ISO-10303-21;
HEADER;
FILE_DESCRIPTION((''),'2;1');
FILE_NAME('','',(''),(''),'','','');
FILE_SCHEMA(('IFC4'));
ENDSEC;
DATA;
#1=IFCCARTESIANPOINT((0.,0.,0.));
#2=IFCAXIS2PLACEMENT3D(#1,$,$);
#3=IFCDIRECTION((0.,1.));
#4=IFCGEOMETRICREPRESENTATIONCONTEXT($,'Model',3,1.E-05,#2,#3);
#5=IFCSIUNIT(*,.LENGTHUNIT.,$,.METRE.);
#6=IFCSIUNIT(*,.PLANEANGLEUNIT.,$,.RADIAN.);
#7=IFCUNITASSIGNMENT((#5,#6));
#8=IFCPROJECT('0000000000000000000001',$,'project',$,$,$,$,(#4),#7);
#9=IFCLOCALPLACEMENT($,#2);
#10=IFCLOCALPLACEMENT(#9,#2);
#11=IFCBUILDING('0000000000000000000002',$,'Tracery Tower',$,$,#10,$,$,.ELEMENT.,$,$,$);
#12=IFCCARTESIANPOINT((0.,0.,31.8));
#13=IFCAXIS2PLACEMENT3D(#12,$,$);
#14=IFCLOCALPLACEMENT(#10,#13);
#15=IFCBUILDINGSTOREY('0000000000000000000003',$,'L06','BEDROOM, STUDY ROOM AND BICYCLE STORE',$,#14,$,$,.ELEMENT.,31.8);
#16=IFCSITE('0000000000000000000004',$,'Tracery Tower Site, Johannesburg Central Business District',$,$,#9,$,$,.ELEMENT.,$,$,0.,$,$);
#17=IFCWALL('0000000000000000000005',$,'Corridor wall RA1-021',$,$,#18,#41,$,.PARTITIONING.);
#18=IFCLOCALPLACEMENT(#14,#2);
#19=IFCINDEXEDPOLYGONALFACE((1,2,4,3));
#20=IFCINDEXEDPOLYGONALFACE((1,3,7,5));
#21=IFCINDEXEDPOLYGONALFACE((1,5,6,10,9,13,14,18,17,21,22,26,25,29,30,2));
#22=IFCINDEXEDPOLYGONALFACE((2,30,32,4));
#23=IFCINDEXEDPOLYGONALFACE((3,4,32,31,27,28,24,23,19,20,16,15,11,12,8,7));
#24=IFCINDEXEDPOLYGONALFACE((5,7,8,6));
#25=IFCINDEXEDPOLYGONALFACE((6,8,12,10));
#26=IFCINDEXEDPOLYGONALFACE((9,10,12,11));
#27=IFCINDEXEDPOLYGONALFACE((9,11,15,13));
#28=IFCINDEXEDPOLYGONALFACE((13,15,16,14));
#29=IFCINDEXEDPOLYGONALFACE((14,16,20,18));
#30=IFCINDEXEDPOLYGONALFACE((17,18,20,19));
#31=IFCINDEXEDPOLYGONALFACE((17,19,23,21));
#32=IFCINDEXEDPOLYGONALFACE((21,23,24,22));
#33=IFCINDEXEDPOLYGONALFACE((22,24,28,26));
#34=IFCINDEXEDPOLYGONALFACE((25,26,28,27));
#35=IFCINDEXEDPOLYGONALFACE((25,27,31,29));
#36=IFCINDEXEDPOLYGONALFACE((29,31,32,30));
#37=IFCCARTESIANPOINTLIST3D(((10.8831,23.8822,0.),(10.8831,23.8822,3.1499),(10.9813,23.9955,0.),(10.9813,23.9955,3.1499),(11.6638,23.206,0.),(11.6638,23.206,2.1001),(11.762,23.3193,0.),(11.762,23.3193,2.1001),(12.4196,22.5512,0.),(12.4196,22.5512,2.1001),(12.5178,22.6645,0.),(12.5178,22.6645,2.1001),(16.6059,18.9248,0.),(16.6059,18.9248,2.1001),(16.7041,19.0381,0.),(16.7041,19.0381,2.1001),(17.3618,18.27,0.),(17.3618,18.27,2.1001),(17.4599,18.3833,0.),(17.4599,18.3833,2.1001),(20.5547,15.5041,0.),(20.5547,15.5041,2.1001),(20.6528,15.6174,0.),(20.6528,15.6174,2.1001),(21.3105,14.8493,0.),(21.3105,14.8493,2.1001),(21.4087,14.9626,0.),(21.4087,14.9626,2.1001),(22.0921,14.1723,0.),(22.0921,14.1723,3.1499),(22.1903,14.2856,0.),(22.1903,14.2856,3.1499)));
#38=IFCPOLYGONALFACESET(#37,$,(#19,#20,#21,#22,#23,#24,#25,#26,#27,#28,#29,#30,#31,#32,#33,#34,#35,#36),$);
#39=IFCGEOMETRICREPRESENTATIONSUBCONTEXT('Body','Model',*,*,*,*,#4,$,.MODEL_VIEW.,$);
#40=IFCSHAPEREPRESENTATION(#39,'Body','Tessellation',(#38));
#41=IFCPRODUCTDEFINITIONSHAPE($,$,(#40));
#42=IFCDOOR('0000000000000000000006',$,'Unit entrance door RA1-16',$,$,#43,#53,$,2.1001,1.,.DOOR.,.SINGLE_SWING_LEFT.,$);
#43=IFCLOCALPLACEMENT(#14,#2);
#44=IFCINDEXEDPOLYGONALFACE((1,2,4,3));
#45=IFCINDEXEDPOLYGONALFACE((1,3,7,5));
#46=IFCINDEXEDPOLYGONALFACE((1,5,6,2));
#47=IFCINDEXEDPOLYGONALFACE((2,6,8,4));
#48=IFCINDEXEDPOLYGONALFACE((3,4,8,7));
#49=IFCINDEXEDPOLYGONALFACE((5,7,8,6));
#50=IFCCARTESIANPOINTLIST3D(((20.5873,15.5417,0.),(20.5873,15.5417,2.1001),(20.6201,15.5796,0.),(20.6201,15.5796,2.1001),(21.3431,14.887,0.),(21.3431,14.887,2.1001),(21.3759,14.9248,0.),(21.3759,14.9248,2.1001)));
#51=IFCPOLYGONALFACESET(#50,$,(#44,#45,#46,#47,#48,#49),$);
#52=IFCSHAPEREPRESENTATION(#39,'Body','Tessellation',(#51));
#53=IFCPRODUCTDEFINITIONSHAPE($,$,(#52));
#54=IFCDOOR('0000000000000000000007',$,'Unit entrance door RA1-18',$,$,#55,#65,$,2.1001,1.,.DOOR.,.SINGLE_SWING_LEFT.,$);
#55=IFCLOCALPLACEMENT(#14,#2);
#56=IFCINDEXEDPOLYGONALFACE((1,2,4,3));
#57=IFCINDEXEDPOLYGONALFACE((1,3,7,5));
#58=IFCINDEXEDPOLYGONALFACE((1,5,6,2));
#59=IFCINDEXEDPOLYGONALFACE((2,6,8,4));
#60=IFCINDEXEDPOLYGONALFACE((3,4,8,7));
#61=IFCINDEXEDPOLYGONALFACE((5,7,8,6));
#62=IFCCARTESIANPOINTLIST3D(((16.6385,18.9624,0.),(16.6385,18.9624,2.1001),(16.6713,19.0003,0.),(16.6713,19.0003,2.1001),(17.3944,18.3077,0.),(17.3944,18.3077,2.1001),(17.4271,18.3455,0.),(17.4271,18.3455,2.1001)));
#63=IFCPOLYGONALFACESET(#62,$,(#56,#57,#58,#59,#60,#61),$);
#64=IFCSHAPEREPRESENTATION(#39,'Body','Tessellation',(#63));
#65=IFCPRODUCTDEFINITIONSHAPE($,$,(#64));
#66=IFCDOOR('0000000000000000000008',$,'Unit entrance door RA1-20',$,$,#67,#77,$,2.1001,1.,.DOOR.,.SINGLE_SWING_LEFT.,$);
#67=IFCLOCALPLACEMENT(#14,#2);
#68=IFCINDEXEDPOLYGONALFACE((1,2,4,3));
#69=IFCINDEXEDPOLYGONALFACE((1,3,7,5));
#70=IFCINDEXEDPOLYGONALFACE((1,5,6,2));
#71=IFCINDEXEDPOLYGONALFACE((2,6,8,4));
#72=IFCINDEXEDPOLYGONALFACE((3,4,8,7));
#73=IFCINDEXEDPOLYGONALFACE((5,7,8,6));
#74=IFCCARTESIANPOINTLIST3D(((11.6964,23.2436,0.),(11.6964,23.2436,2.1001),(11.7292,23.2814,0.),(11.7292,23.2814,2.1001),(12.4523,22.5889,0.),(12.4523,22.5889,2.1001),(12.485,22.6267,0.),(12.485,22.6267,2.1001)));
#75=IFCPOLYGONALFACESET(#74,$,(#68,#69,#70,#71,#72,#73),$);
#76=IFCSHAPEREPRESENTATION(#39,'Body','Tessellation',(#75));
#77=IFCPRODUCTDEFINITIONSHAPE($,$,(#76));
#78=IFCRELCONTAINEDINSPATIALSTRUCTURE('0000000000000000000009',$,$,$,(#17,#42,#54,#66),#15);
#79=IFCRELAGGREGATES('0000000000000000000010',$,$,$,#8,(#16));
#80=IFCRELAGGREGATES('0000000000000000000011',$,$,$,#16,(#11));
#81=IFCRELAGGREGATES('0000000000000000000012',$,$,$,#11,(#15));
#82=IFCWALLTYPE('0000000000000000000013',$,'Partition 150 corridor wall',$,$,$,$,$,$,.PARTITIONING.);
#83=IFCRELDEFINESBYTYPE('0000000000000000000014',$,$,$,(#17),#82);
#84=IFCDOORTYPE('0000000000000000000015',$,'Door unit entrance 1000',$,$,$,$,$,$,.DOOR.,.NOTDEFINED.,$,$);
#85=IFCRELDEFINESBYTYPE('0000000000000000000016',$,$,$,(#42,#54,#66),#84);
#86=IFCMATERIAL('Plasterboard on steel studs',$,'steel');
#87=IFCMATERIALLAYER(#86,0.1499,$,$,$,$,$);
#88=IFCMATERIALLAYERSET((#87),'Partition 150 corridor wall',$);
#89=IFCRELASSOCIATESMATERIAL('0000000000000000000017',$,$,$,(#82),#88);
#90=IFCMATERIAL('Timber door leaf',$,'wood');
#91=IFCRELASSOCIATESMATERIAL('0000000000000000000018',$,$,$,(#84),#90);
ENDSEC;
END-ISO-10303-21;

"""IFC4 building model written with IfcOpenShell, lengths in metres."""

from ifc_helpers import new_model, si_unit, direction, frame, frame_2d, origin, place, context, subcontext, project, spatial, rectangle, extrude, material, layer, layer_set, type_object, element, fill, save


model = new_model("IFC4")

# Units and contexts
model_context = context("Model", 3, precision=1e-05, world=origin(), true_north=direction((0.0, 1.0)))
body_context = subcontext(model_context, "Body", "Model", "MODEL_VIEW")
ifc_project = project(units=[si_unit("LENGTHUNIT", "METRE"), si_unit("PLANEANGLEUNIT", "RADIAN")], contexts=[model_context])

# Site, building, storey
site_placement = place(None, origin())
site = spatial("IfcSite", under=ifc_project, at=site_placement, Name="Tracery Tower Site, Johannesburg Central Business District", CompositionType="ELEMENT", RefElevation=0.0)
building_placement = place(site_placement, origin())
building = spatial("IfcBuilding", under=site, at=building_placement, Name="Tracery Tower", CompositionType="ELEMENT")
storey_placement = place(building_placement, frame((0.0, 0.0, 31.8)))
storey = spatial("IfcBuildingStorey", under=building, at=storey_placement, Name="L06", Description="BEDROOM, STUDY ROOM AND BICYCLE STORE", CompositionType="ELEMENT", Elevation=31.8)

# Wall, openings, doors
ifc_material_1 = material(Name="Plasterboard on steel studs", Category="steel")
ifc_layer_1 = layer(ifc_material_1, 0.1499)
ifc_layer_set_1 = layer_set([ifc_layer_1], Name="Partition 150 corridor wall")
wall_type_1 = type_object("IfcWallType", Name="Partition 150 corridor wall", PredefinedType="PARTITIONING", material=ifc_layer_set_1)
wall_1_placement = place(storey_placement, frame((10.9321, 23.939, 0.0), z_axis=(0.0, 0.0, 1.0), x_axis=(0.755839, -0.654758, 0.0)))
wall_1 = element("IfcWall", 1, at=wall_1_placement, inside=storey, type_object=wall_type_1, Name="Corridor wall RA1-021", PredefinedType="PARTITIONING", context=body_context, shape_type="SweptSolid", body=[
    extrude(rectangle(XDim=14.8298, YDim=0.1499, at=frame_2d((7.415, 0.0))), origin(), (0.0, 0.0, 1.0), 3.1499),
])
opening_1_placement = place(wall_1_placement, frame((12.7959, 0.0, 0.0)))
opening_1 = element("IfcOpeningElement", 2, at=opening_1_placement, cuts=wall_1, PredefinedType="OPENING", context=body_context, shape_type="SweptSolid", body=[
    extrude(rectangle(XDim=1.0, YDim=2.1001, at=frame_2d((0.5, 1.05))), frame((0.0, 0.075, 0.0), z_axis=(0.0, -1.0, 0.0), x_axis=(1.0, 0.0, 0.0)), (0.0, 0.0, 1.0), 0.1499),
])
opening_2_placement = place(wall_1_placement, frame((7.5715, 0.0, 0.0)))
opening_2 = element("IfcOpeningElement", 3, at=opening_2_placement, cuts=wall_1, PredefinedType="OPENING", context=body_context, shape_type="SweptSolid", body=[
    extrude(rectangle(XDim=1.0, YDim=2.1001, at=frame_2d((0.5, 1.05))), frame((0.0, 0.075, 0.0), z_axis=(0.0, -1.0, 0.0), x_axis=(1.0, 0.0, 0.0)), (0.0, 0.0, 1.0), 0.1499),
])
opening_3_placement = place(wall_1_placement, frame((1.033, 0.0, 0.0)))
opening_3 = element("IfcOpeningElement", 4, at=opening_3_placement, cuts=wall_1, PredefinedType="OPENING", context=body_context, shape_type="SweptSolid", body=[
    extrude(rectangle(XDim=1.0, YDim=2.1001, at=frame_2d((0.5, 1.05))), frame((0.0, 0.075, 0.0), z_axis=(0.0, -1.0, 0.0), x_axis=(1.0, 0.0, 0.0)), (0.0, 0.0, 1.0), 0.1499),
])
ifc_material_2 = material(Name="Timber door leaf", Category="wood")
door_type_1 = type_object("IfcDoorType", Name="Door unit entrance 1000", OperationType="NOTDEFINED", PredefinedType="DOOR", material=ifc_material_2)
door_1_placement = place(opening_1_placement, origin())
door_1 = element("IfcDoor", 5, at=door_1_placement, inside=storey, type_object=door_type_1, Name="Unit entrance door RA1-16", OperationType="SINGLE_SWING_LEFT", OverallHeight=2.1001, OverallWidth=1.0, PredefinedType="DOOR", context=body_context, shape_type="SweptSolid", body=[
    extrude(rectangle(XDim=1.0, YDim=2.1001, at=frame_2d((0.5, 1.05))), frame((0.0, 0.0249, 0.0), z_axis=(0.0, -1.0, 0.0), x_axis=(1.0, 0.0, 0.0)), (0.0, 0.0, 1.0), 0.05),
])
fill(opening_1, door_1)
door_2_placement = place(opening_2_placement, origin())
door_2 = element("IfcDoor", 6, at=door_2_placement, inside=storey, type_object=door_type_1, Name="Unit entrance door RA1-18", OperationType="SINGLE_SWING_LEFT", OverallHeight=2.1001, OverallWidth=1.0, PredefinedType="DOOR", context=body_context, shape_type="SweptSolid", body=[
    extrude(rectangle(XDim=1.0, YDim=2.1001, at=frame_2d((0.5, 1.05))), frame((0.0, 0.0249, 0.0), z_axis=(0.0, -1.0, 0.0), x_axis=(1.0, 0.0, 0.0)), (0.0, 0.0, 1.0), 0.05),
])
fill(opening_2, door_2)
door_3_placement = place(opening_3_placement, origin())
door_3 = element("IfcDoor", 7, at=door_3_placement, inside=storey, type_object=door_type_1, Name="Unit entrance door RA1-20", OperationType="SINGLE_SWING_LEFT", OverallHeight=2.1001, OverallWidth=1.0, PredefinedType="DOOR", context=body_context, shape_type="SweptSolid", body=[
    extrude(rectangle(XDim=1.0, YDim=2.1001, at=frame_2d((0.5, 1.05))), frame((0.0, 0.0249, 0.0), z_axis=(0.0, -1.0, 0.0), x_axis=(1.0, 0.0, 0.0)), (0.0, 0.0, 1.0), 0.05),
])
fill(opening_3, door_3)

save(model, "model.ifc")
